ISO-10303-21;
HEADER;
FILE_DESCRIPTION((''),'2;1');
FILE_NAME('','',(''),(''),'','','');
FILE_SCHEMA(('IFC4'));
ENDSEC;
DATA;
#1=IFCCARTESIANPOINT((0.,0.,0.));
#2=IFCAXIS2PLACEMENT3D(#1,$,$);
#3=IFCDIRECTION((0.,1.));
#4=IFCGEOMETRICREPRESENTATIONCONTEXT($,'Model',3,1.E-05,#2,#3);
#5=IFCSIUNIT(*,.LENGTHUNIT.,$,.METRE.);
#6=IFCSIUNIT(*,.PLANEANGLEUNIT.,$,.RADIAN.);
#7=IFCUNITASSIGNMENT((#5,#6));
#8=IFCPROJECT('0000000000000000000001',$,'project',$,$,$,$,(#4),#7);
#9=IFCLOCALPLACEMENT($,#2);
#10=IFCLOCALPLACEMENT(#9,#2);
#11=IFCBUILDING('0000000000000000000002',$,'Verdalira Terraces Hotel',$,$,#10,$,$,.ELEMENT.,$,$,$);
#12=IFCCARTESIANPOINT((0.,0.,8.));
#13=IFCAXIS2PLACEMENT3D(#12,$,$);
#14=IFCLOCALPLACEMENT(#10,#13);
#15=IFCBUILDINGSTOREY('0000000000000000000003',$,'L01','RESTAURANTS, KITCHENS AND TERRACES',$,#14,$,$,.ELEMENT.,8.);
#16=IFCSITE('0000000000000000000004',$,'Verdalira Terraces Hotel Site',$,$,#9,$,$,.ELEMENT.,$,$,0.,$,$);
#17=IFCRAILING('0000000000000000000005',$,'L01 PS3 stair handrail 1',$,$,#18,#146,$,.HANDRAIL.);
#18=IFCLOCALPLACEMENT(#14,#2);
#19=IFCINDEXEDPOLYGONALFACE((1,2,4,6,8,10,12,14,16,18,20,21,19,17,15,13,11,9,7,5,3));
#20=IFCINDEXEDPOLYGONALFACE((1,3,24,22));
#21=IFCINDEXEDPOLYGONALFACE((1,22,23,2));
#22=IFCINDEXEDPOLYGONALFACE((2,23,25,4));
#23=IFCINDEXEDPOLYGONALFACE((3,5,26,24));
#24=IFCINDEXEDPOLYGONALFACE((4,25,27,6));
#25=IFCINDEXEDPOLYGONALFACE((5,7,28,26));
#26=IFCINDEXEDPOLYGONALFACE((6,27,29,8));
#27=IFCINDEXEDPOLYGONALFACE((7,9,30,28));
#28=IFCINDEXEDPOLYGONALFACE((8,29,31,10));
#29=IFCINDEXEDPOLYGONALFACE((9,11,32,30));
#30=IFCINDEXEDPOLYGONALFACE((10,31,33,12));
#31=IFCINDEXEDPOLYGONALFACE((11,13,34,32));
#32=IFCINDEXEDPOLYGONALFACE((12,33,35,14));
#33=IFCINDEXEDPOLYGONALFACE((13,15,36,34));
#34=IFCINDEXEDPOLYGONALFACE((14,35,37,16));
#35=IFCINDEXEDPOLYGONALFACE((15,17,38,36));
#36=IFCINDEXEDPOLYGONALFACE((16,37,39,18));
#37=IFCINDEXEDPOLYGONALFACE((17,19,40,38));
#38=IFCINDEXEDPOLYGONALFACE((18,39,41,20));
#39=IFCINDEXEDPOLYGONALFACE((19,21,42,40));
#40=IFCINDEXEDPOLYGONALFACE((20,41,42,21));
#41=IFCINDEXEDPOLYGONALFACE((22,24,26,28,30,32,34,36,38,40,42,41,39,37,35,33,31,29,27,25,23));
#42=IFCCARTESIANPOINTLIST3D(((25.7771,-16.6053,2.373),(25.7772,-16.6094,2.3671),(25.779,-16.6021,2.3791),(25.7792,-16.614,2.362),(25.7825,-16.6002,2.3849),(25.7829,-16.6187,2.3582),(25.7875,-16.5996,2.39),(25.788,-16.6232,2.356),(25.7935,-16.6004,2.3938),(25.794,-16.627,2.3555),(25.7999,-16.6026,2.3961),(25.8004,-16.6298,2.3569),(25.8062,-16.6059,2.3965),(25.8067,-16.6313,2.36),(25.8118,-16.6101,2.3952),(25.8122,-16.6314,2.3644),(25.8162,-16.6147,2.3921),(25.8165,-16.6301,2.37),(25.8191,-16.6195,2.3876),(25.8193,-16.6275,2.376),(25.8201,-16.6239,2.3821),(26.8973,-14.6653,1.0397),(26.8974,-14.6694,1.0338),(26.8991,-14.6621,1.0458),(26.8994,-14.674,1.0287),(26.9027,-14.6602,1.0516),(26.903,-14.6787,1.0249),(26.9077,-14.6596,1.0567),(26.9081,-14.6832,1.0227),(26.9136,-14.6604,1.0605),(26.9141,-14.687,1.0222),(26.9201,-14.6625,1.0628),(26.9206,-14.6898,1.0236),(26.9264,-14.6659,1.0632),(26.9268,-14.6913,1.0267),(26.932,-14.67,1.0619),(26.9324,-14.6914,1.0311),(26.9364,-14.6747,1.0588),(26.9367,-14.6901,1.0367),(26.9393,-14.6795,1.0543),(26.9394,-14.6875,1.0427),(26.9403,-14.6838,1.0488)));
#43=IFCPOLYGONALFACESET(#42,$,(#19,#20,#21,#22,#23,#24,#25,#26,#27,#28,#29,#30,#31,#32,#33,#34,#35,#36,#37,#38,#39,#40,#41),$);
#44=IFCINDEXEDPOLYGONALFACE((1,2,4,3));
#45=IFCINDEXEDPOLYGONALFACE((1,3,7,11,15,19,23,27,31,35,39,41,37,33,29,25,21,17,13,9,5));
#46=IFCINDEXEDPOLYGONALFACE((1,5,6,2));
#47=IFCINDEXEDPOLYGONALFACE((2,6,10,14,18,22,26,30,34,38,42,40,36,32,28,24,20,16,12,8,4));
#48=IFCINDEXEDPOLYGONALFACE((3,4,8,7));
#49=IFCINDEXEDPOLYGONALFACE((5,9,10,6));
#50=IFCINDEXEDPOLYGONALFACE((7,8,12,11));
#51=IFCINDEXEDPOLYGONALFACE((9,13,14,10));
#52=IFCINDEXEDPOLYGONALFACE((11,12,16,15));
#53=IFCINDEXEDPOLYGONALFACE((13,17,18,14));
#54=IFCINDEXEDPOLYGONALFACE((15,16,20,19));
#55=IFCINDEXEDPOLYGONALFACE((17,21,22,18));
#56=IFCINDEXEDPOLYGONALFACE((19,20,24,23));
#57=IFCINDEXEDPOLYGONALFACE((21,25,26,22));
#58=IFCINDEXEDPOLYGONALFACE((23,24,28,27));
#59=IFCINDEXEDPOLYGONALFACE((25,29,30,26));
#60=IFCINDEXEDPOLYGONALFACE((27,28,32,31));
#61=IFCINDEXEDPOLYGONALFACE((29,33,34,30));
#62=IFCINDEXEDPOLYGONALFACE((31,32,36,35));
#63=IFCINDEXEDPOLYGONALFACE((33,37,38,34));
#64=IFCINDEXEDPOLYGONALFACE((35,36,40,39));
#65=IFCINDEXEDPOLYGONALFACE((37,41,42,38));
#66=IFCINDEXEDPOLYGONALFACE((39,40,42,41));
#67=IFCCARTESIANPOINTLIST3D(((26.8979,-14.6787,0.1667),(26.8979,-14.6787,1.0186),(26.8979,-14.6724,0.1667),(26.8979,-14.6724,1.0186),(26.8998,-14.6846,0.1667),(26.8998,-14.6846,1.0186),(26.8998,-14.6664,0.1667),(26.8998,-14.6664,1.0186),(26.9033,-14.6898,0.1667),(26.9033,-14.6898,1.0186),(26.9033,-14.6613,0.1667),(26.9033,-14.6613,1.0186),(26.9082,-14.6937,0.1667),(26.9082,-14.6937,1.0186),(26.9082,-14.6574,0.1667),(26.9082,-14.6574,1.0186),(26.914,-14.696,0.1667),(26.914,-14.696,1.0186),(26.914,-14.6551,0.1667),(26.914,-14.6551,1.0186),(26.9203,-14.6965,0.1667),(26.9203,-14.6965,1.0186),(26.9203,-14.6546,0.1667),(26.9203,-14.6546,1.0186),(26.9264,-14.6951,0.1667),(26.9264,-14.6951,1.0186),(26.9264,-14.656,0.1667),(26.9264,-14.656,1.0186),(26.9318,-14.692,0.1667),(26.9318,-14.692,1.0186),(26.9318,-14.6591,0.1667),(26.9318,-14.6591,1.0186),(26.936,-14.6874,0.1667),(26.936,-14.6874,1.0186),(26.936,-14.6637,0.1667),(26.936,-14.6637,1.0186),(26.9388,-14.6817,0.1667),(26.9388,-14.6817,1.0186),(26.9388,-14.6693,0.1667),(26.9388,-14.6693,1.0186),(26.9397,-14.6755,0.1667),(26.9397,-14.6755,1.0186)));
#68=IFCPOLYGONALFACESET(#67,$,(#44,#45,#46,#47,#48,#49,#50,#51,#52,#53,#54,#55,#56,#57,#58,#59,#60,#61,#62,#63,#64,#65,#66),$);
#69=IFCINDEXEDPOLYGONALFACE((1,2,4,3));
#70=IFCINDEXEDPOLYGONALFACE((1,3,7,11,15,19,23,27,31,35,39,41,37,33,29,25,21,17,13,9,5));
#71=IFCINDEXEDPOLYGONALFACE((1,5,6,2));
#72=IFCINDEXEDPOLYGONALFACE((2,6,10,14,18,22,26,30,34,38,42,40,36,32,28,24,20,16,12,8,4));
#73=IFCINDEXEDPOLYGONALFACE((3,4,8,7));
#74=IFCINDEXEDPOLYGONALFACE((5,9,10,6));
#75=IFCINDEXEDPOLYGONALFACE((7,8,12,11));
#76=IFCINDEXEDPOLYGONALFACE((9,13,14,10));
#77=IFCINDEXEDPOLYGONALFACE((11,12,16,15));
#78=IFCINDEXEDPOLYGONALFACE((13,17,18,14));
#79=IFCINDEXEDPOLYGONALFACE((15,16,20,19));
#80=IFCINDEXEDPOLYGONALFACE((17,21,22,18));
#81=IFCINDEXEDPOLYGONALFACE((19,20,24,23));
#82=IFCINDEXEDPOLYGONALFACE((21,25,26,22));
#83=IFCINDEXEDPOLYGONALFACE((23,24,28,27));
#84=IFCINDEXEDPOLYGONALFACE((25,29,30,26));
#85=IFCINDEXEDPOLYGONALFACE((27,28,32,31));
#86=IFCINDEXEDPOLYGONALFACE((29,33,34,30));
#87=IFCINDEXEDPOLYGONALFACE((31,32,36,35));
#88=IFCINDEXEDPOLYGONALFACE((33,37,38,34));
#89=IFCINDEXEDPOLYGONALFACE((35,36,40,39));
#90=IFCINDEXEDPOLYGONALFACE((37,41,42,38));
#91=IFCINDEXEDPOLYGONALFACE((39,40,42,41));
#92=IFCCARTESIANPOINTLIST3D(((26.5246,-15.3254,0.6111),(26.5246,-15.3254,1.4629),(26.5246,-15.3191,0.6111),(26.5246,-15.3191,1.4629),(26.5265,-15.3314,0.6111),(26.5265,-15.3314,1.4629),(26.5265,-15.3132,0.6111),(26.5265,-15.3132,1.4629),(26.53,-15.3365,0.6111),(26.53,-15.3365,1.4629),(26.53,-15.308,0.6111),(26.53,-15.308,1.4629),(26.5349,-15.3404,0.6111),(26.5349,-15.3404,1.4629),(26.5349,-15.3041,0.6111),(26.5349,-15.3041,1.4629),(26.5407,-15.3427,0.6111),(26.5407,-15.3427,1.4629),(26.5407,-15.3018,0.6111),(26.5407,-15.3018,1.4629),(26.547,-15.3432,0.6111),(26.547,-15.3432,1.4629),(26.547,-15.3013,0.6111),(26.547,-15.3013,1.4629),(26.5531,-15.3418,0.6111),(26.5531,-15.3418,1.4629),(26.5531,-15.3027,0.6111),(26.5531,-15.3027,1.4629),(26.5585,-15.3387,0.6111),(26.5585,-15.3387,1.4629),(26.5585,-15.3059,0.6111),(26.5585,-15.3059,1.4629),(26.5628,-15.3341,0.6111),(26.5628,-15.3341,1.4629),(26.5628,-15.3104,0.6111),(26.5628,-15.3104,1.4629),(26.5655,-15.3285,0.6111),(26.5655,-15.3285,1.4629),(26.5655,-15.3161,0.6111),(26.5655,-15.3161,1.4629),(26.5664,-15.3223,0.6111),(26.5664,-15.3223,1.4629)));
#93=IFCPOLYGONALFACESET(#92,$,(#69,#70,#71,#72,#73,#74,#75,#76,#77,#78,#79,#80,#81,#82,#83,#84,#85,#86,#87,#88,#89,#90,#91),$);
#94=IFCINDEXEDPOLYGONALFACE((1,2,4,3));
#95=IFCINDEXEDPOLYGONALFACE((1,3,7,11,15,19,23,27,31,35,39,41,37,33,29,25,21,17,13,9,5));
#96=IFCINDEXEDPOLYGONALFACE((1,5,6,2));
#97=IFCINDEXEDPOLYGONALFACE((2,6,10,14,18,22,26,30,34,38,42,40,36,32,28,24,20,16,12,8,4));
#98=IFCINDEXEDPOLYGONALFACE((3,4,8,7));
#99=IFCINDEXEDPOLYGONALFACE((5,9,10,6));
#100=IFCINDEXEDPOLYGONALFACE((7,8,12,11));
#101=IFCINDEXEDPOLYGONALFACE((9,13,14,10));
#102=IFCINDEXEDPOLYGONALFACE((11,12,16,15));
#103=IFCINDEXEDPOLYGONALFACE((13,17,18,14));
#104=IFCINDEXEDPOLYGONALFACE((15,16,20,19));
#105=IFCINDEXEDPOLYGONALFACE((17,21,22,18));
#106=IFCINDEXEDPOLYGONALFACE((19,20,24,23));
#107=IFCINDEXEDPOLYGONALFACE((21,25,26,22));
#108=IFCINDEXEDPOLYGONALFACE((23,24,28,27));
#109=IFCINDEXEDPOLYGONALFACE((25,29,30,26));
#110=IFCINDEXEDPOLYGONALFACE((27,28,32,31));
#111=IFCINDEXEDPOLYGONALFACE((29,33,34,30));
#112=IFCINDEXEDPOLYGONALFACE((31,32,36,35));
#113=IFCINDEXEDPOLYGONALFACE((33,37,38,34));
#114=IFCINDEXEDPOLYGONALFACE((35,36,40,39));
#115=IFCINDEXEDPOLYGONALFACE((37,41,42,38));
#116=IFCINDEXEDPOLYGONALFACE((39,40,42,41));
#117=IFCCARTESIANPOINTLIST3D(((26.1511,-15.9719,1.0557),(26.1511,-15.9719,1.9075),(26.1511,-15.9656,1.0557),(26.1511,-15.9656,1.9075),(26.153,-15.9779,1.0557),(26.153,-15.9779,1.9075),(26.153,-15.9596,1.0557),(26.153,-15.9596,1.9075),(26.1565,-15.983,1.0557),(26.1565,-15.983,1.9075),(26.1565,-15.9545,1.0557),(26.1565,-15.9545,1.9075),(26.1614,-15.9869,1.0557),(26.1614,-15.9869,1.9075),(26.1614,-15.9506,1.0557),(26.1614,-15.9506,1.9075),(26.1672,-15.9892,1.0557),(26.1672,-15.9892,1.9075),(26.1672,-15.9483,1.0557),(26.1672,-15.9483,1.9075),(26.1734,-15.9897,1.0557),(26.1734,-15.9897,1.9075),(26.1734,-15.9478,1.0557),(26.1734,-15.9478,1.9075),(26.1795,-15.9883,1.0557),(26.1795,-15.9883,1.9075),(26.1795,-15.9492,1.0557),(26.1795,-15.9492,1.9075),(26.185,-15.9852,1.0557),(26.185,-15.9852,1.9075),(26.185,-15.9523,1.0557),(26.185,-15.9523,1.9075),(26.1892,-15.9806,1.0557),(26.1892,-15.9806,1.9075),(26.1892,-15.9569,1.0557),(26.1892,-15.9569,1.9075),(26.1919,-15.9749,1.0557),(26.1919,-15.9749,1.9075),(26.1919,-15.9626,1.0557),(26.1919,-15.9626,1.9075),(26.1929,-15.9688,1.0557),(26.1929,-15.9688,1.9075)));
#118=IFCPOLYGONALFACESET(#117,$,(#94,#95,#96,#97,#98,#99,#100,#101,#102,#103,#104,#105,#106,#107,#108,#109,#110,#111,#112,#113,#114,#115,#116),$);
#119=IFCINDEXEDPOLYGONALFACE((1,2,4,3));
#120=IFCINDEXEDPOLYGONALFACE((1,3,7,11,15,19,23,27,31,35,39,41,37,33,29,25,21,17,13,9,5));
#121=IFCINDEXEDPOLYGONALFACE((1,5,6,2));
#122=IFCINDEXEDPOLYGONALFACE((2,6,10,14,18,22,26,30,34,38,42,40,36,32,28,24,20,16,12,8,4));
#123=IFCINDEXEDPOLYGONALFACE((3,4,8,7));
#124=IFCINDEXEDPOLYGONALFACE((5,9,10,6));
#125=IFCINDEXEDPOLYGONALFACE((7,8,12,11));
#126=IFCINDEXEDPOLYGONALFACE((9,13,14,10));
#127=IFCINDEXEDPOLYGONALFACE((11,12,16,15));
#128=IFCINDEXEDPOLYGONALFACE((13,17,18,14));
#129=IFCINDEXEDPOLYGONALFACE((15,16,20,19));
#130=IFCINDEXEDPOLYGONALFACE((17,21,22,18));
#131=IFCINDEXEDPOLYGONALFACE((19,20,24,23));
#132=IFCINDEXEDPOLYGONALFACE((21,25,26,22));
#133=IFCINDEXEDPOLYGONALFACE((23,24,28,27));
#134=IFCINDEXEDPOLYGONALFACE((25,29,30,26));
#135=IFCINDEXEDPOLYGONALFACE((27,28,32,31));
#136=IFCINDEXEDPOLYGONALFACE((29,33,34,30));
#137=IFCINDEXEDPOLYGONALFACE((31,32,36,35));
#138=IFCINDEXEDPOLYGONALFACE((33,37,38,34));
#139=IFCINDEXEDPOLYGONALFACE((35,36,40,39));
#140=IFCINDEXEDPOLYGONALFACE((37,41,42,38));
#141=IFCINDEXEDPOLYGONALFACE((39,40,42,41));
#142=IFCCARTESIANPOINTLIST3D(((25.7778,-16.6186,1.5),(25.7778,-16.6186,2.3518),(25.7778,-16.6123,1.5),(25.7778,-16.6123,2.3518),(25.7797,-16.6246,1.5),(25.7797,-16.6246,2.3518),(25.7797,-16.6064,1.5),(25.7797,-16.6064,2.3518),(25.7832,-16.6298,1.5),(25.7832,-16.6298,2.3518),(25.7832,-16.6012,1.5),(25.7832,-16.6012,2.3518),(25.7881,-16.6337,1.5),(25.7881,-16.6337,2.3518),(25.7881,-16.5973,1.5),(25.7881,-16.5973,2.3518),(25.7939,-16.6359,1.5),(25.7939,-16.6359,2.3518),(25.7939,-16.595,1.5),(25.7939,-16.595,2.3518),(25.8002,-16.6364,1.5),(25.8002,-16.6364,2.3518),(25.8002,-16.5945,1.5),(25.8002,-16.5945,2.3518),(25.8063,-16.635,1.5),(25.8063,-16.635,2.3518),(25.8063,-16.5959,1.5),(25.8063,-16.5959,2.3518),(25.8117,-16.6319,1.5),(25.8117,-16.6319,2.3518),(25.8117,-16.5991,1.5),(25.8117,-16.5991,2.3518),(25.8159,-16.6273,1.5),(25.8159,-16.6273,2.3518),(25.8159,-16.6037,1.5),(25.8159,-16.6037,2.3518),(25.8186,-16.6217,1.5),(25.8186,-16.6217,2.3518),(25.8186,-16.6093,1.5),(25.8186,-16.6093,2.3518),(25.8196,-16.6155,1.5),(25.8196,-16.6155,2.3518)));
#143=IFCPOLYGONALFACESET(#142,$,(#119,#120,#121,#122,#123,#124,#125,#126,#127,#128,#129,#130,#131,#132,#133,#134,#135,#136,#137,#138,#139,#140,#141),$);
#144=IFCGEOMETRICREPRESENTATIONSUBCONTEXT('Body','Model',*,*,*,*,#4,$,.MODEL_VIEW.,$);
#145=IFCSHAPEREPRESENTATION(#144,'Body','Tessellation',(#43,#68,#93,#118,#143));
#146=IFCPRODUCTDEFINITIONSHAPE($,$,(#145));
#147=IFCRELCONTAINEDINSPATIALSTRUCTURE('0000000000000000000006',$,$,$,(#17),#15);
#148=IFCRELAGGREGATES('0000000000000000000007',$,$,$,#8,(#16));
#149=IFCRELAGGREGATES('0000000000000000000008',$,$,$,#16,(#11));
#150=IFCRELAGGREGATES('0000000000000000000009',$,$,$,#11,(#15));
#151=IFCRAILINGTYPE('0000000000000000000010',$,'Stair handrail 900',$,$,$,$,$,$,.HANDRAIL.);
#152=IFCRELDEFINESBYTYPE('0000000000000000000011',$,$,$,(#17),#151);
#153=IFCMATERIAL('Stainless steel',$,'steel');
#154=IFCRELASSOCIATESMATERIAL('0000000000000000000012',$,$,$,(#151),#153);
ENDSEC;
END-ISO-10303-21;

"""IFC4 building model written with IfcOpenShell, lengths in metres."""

from ifc_helpers import new_model, si_unit, direction, frame, origin, origin_2d, place, context, subcontext, project, spatial, circle, extrude, material, type_object, element, save


model = new_model("IFC4")

# Units and contexts
model_context = context("Model", 3, precision=1e-05, world=origin(), true_north=direction((0.0, 1.0)))
body_context = subcontext(model_context, "Body", "Model", "MODEL_VIEW")
ifc_project = project(units=[si_unit("LENGTHUNIT", "METRE"), si_unit("PLANEANGLEUNIT", "RADIAN")], contexts=[model_context])

# Site, building, storey
site_placement = place(None, origin())
site = spatial("IfcSite", under=ifc_project, at=site_placement, Name="Verdalira Terraces Hotel Site", CompositionType="ELEMENT", RefElevation=0.0)
building_placement = place(site_placement, origin())
building = spatial("IfcBuilding", under=site, at=building_placement, Name="Verdalira Terraces Hotel", CompositionType="ELEMENT")
storey_placement = place(building_placement, frame((0.0, 0.0, 8.0)))
storey = spatial("IfcBuildingStorey", under=building, at=storey_placement, Name="L01", Description="RESTAURANTS, KITCHENS AND TERRACES", CompositionType="ELEMENT", Elevation=8.0)

# Railing
ifc_material_1 = material(Name="Stainless steel", Category="steel")
railing_type_1 = type_object("IfcRailingType", Name="Stair handrail 900", PredefinedType="HANDRAIL", material=ifc_material_1)
railing_1_placement = place(storey_placement, frame((26.9187, -14.6755, 0.1667)))
element("IfcRailing", 1, at=railing_1_placement, inside=storey, type_object=railing_type_1, Name="L01 PS3 stair handrail 1", PredefinedType="HANDRAIL", context=body_context, shape_type="SweptSolid", body=[
    extrude(circle(Radius=0.0239, at=origin_2d()), frame((0.0, 0.0, 0.876), z_axis=(-0.429684, -0.744175, 0.511444), x_axis=(0.866008, -0.500031, 0.0)), (0.0, 0.0, 1.0), 2.6069),
    extrude(circle(Radius=0.021, at=origin_2d()), origin(), (0.0, 0.0, 1.0), 0.8518),
    extrude(circle(Radius=0.021, at=origin_2d()), frame((-0.3733, -0.6467, 0.4443)), (0.0, 0.0, 1.0), 0.8518),
    extrude(circle(Radius=0.021, at=origin_2d()), frame((-0.7468, -1.2932, 0.8889)), (0.0, 0.0, 1.0), 0.8518),
    extrude(circle(Radius=0.021, at=origin_2d()), frame((-1.1201, -1.9399, 1.3333)), (0.0, 0.0, 1.0), 0.8518),
])

save(model, "model.ifc")
